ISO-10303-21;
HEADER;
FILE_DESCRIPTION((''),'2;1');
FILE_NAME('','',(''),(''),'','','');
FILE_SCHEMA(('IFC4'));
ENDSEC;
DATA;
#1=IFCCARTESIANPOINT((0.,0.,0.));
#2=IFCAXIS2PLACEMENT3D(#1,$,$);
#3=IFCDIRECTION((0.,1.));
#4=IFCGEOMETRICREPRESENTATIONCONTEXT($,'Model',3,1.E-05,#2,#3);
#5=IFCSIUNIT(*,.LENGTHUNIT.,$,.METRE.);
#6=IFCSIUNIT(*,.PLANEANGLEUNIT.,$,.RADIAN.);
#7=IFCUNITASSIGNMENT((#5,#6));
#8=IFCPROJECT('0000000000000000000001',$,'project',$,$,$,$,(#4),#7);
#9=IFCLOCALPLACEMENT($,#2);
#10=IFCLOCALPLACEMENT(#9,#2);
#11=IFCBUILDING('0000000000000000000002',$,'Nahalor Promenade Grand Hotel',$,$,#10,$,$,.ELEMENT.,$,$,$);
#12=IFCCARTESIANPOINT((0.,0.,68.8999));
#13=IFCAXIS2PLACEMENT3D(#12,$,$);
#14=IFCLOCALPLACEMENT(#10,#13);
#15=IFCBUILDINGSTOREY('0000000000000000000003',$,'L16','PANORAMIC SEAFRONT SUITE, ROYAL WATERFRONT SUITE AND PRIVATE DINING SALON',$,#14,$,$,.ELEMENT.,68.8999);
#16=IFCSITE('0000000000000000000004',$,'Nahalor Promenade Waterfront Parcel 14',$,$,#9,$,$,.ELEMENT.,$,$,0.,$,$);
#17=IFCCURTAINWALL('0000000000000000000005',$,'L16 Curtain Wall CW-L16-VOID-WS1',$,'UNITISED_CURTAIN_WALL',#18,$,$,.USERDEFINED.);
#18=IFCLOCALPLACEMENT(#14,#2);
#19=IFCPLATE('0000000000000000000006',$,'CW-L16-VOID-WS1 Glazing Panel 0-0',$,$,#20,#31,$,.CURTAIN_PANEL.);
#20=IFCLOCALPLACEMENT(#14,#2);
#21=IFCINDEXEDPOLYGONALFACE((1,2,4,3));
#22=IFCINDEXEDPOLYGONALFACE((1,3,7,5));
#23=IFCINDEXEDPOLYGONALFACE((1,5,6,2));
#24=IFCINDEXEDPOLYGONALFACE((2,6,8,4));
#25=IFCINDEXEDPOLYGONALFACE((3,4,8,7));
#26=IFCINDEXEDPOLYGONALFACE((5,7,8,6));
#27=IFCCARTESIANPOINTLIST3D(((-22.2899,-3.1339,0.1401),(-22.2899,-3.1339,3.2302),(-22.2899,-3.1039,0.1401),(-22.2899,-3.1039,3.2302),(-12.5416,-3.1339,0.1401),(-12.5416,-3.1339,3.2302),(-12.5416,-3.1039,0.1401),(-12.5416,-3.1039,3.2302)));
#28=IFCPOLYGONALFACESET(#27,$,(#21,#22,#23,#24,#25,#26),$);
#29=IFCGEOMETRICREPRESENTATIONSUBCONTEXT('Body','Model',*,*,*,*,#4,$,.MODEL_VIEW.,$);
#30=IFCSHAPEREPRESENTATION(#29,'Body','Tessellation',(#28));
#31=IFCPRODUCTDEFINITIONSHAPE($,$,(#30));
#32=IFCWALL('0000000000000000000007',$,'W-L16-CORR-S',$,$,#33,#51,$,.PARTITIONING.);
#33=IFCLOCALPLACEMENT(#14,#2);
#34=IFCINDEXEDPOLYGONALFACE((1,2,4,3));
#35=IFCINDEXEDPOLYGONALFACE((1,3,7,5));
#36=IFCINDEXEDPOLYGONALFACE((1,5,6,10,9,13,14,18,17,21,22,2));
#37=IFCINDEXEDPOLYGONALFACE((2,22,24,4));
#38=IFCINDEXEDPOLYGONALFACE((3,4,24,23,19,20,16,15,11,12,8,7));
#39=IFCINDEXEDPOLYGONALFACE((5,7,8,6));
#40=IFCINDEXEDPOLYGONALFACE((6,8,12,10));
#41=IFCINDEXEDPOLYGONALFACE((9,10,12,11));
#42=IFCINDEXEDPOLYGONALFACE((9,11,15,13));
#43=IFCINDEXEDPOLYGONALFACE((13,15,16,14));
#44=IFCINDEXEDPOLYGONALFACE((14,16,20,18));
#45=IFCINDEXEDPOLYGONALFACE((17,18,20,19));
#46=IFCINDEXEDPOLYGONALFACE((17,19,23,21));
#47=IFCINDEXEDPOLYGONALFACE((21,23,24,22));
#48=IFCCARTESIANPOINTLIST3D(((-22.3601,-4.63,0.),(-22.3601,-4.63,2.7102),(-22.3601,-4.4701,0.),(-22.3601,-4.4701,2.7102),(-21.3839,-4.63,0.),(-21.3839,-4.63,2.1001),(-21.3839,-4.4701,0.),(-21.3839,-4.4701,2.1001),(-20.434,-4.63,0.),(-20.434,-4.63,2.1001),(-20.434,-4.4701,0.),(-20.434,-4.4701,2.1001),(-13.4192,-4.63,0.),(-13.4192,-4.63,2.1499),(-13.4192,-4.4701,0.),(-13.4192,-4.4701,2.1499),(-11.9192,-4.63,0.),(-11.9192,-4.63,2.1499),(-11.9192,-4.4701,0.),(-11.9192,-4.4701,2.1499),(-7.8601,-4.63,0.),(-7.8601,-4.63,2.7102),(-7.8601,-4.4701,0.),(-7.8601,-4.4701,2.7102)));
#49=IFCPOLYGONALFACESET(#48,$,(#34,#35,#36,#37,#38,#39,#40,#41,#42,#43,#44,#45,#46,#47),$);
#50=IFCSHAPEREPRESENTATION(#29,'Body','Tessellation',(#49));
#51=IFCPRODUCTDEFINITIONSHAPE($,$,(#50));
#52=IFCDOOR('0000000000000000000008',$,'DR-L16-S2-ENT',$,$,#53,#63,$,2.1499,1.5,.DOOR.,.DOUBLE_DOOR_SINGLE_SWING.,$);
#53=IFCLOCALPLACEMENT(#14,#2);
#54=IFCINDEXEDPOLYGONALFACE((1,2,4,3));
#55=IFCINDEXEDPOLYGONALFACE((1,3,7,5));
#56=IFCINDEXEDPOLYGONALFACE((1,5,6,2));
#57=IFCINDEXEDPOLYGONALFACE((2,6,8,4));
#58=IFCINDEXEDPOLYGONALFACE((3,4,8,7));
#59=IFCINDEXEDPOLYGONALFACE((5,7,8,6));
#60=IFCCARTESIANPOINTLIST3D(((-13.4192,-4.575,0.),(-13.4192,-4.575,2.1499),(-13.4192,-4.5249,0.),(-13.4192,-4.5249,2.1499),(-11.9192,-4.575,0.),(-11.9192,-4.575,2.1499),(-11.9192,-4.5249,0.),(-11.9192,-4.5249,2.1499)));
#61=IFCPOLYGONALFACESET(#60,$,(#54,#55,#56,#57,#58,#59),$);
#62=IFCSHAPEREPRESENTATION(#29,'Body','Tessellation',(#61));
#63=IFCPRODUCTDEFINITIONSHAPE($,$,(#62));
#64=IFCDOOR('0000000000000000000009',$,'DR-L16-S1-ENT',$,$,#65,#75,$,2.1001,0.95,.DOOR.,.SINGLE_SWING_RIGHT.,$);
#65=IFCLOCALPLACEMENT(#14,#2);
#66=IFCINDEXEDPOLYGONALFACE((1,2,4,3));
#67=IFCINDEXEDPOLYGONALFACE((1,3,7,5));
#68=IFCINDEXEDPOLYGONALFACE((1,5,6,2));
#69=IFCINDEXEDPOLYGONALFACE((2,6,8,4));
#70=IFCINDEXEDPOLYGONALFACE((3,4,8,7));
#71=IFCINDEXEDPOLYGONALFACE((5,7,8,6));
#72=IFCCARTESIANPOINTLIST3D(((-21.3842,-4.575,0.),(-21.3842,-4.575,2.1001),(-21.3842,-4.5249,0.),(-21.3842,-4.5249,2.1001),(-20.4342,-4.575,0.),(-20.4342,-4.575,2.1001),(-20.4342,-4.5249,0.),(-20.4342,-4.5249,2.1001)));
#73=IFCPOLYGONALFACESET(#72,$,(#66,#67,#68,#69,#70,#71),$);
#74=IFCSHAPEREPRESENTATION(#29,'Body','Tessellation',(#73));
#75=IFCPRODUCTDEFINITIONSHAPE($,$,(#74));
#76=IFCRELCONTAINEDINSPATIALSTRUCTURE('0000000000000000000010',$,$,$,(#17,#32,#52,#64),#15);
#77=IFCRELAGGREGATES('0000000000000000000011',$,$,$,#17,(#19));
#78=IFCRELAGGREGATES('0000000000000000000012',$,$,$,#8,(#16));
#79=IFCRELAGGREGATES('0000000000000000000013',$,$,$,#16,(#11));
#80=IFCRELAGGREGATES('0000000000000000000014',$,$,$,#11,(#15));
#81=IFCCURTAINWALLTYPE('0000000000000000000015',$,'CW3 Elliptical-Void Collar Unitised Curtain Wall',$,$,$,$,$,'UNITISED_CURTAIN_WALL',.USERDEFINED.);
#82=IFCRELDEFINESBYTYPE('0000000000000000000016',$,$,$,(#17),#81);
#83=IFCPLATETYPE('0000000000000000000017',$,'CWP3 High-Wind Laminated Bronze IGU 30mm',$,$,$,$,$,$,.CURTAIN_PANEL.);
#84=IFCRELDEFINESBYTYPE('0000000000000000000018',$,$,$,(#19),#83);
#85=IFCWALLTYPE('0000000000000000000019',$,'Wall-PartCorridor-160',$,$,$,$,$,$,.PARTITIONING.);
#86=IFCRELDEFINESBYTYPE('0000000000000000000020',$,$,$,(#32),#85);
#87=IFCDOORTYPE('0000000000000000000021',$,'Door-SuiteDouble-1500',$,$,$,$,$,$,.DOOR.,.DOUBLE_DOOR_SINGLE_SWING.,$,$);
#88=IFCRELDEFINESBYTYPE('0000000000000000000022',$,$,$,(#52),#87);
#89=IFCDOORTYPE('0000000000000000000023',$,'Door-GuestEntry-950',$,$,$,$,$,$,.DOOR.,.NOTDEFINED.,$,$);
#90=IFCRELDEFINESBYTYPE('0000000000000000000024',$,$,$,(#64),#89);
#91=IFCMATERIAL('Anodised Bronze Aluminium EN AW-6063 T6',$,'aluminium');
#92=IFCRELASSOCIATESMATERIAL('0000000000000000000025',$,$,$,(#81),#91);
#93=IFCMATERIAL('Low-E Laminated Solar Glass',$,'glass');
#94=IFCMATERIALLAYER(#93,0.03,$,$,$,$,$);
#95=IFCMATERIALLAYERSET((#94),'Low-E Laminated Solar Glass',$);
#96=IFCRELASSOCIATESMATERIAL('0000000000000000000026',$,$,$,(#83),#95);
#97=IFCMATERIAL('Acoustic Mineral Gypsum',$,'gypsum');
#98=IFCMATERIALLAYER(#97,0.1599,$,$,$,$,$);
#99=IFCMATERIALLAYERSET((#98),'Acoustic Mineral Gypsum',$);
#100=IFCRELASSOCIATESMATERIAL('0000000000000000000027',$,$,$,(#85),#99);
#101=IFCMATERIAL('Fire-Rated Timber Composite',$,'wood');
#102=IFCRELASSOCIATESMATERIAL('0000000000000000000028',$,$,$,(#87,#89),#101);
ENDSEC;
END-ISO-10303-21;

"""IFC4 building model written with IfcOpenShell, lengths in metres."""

from ifc_helpers import new_model, si_unit, direction, frame, frame_2d, origin, origin_2d, place, context, subcontext, project, spatial, rectangle, extrude, source, transform, mapped, material, layer, layer_set, type_object, element, fill, aggregate, save


model = new_model("IFC4")

# Units and contexts
model_context = context("Model", 3, precision=1e-05, world=origin(), true_north=direction((0.0, 1.0)))
body_context = subcontext(model_context, "Body", "Model", "MODEL_VIEW")
ifc_project = project(units=[si_unit("LENGTHUNIT", "METRE"), si_unit("PLANEANGLEUNIT", "RADIAN")], contexts=[model_context])

# Site, building, storey
site_placement = place(None, origin())
site = spatial("IfcSite", under=ifc_project, at=site_placement, Name="Nahalor Promenade Waterfront Parcel 14", CompositionType="ELEMENT", RefElevation=0.0)
building_placement = place(site_placement, origin())
building = spatial("IfcBuilding", under=site, at=building_placement, Name="Nahalor Promenade Grand Hotel", CompositionType="ELEMENT")
storey_placement = place(building_placement, frame((0.0, 0.0, 68.8999)))
storey = spatial("IfcBuildingStorey", under=building, at=storey_placement, Name="L16", Description="PANORAMIC SEAFRONT SUITE, ROYAL WATERFRONT SUITE AND PRIVATE DINING SALON", CompositionType="ELEMENT", Elevation=68.8999)

# Curtain wall
ifc_material_1 = material(Name="Anodised Bronze Aluminium EN AW-6063 T6", Category="aluminium")
curtain_wall_type = type_object("IfcCurtainWallType", Name="CW3 Elliptical-Void Collar Unitised Curtain Wall", ElementType="UNITISED_CURTAIN_WALL", PredefinedType="USERDEFINED", material=ifc_material_1)
curtain_wall_1_placement = place(storey_placement, origin())
curtain_wall_1 = element("IfcCurtainWall", 1, at=curtain_wall_1_placement, inside=storey, type_object=curtain_wall_type, Name="L16 Curtain Wall CW-L16-VOID-WS1", ObjectType="UNITISED_CURTAIN_WALL", PredefinedType="USERDEFINED")

# Plate
ifc_material_2 = material(Name="Low-E Laminated Solar Glass", Category="glass")
ifc_layer_1 = layer(ifc_material_2, 0.03)
ifc_layer_set_1 = layer_set([ifc_layer_1], Name="Low-E Laminated Solar Glass")
plate_type_1 = type_object("IfcPlateType", Name="CWP3 High-Wind Laminated Bronze IGU 30mm", PredefinedType="CURTAIN_PANEL", material=ifc_layer_set_1)
shared_shape_1 = source(origin(), body_context, "Body", "SweptSolid", [
    extrude(rectangle(XDim=9.7483, YDim=0.03, at=origin_2d()), origin(), (0.0, 0.0, 1.0), 3.0901),
])
plate_1_placement = place(storey_placement, frame((-17.4158, -3.1189, 0.1401), z_axis=(0.0, 0.0, 1.0), x_axis=(1.0, 0.0, 0.0)))
plate_1 = element("IfcPlate", 2, at=plate_1_placement, type_object=plate_type_1, Name="CW-L16-VOID-WS1 Glazing Panel 0-0", PredefinedType="CURTAIN_PANEL", context=body_context, shape_type="MappedRepresentation", body=[
    mapped(shared_shape_1, transform((0.0, 0.0, 0.0), scale=1.0)),
])
aggregate(curtain_wall_1, [plate_1])

# Wall, openings, doors
ifc_material_3 = material(Name="Acoustic Mineral Gypsum", Category="gypsum")
ifc_layer_2 = layer(ifc_material_3, 0.1599)
ifc_layer_set_2 = layer_set([ifc_layer_2], Name="Acoustic Mineral Gypsum")
wall_type = type_object("IfcWallType", Name="Wall-PartCorridor-160", PredefinedType="PARTITIONING", material=ifc_layer_set_2)
shared_shape_2 = source(origin(), body_context, "Body", "SweptSolid", [
    extrude(rectangle(XDim=14.5, YDim=0.1599, at=frame_2d((7.25, 0.0))), origin(), (0.0, 0.0, 1.0), 2.7102),
])
wall_placement = place(storey_placement, frame((-22.3601, -4.55, 0.0), z_axis=(0.0, 0.0, 1.0), x_axis=(1.0, 0.0, 0.0)))
wall = element("IfcWall", 3, at=wall_placement, inside=storey, type_object=wall_type, Name="W-L16-CORR-S", PredefinedType="PARTITIONING", context=body_context, shape_type="MappedRepresentation", body=[
    mapped(shared_shape_2, transform((0.0, 0.0, 0.0), scale=1.0)),
])
opening_1_placement = place(wall_placement, frame((0.9761, 0.0, 0.0)))
opening_1 = element("IfcOpeningElement", 4, at=opening_1_placement, cuts=wall, PredefinedType="OPENING", context=body_context, shape_type="SweptSolid", body=[
    extrude(rectangle(XDim=0.95, YDim=2.1001, at=frame_2d((0.4751, 1.05))), frame((0.0, 0.0898, 0.0), z_axis=(0.0, -1.0, 0.0), x_axis=(1.0, 0.0, 0.0)), (0.0, 0.0, 1.0), 0.1799),
])
opening_2_placement = place(wall_placement, frame((8.9409, 0.0, 0.0)))
opening_2 = element("IfcOpeningElement", 5, at=opening_2_placement, cuts=wall, PredefinedType="OPENING", context=body_context, shape_type="SweptSolid", body=[
    extrude(rectangle(XDim=1.5, YDim=2.1499, at=frame_2d((0.75, 1.075))), frame((0.0, 0.0898, 0.0), z_axis=(0.0, -1.0, 0.0), x_axis=(1.0, 0.0, 0.0)), (0.0, 0.0, 1.0), 0.1799),
])
ifc_material_4 = material(Name="Fire-Rated Timber Composite", Category="wood")
door_type_1 = type_object("IfcDoorType", Name="Door-SuiteDouble-1500", OperationType="DOUBLE_DOOR_SINGLE_SWING", PredefinedType="DOOR", material=ifc_material_4)
shared_shape_3 = source(origin(), body_context, "Body", "SweptSolid", [
    extrude(rectangle(XDim=1.5, YDim=2.1499, at=frame_2d((0.75, 1.075))), frame((0.0, 0.0249, 0.0), z_axis=(0.0, -1.0, 0.0), x_axis=(1.0, 0.0, 0.0)), (0.0, 0.0, 1.0), 0.05),
])
door_1_placement = place(opening_2_placement, frame((1.5, 0.0, 0.0), z_axis=(0.0, 0.0, 1.0), x_axis=(-1.0, 0.0, 0.0)))
door_1 = element("IfcDoor", 6, at=door_1_placement, inside=storey, type_object=door_type_1, Name="DR-L16-S2-ENT", OperationType="DOUBLE_DOOR_SINGLE_SWING", OverallHeight=2.1499, OverallWidth=1.5, PredefinedType="DOOR", context=body_context, shape_type="MappedRepresentation", body=[
    mapped(shared_shape_3, transform((0.0, 0.0, 0.0), scale=1.0)),
])
fill(opening_2, door_1)
door_type_2 = type_object("IfcDoorType", Name="Door-GuestEntry-950", OperationType="NOTDEFINED", PredefinedType="DOOR", material=ifc_material_4)
shared_shape_4 = source(origin(), body_context, "Body", "SweptSolid", [
    extrude(rectangle(XDim=0.95, YDim=2.1001, at=frame_2d((0.4751, 1.05))), frame((0.0, 0.0249, 0.0), z_axis=(0.0, -1.0, 0.0), x_axis=(1.0, 0.0, 0.0)), (0.0, 0.0, 1.0), 0.05),
])
door_2_placement = place(opening_1_placement, frame((0.95, 0.0, 0.0), z_axis=(0.0, 0.0, 1.0), x_axis=(-1.0, 0.0, 0.0)))
door_2 = element("IfcDoor", 7, at=door_2_placement, inside=storey, type_object=door_type_2, Name="DR-L16-S1-ENT", OperationType="SINGLE_SWING_RIGHT", OverallHeight=2.1001, OverallWidth=0.95, PredefinedType="DOOR", context=body_context, shape_type="MappedRepresentation", body=[
    mapped(shared_shape_4, transform((0.0, 0.0, 0.0), scale=1.0)),
])
fill(opening_1, door_2)

save(model, "model.ifc")
